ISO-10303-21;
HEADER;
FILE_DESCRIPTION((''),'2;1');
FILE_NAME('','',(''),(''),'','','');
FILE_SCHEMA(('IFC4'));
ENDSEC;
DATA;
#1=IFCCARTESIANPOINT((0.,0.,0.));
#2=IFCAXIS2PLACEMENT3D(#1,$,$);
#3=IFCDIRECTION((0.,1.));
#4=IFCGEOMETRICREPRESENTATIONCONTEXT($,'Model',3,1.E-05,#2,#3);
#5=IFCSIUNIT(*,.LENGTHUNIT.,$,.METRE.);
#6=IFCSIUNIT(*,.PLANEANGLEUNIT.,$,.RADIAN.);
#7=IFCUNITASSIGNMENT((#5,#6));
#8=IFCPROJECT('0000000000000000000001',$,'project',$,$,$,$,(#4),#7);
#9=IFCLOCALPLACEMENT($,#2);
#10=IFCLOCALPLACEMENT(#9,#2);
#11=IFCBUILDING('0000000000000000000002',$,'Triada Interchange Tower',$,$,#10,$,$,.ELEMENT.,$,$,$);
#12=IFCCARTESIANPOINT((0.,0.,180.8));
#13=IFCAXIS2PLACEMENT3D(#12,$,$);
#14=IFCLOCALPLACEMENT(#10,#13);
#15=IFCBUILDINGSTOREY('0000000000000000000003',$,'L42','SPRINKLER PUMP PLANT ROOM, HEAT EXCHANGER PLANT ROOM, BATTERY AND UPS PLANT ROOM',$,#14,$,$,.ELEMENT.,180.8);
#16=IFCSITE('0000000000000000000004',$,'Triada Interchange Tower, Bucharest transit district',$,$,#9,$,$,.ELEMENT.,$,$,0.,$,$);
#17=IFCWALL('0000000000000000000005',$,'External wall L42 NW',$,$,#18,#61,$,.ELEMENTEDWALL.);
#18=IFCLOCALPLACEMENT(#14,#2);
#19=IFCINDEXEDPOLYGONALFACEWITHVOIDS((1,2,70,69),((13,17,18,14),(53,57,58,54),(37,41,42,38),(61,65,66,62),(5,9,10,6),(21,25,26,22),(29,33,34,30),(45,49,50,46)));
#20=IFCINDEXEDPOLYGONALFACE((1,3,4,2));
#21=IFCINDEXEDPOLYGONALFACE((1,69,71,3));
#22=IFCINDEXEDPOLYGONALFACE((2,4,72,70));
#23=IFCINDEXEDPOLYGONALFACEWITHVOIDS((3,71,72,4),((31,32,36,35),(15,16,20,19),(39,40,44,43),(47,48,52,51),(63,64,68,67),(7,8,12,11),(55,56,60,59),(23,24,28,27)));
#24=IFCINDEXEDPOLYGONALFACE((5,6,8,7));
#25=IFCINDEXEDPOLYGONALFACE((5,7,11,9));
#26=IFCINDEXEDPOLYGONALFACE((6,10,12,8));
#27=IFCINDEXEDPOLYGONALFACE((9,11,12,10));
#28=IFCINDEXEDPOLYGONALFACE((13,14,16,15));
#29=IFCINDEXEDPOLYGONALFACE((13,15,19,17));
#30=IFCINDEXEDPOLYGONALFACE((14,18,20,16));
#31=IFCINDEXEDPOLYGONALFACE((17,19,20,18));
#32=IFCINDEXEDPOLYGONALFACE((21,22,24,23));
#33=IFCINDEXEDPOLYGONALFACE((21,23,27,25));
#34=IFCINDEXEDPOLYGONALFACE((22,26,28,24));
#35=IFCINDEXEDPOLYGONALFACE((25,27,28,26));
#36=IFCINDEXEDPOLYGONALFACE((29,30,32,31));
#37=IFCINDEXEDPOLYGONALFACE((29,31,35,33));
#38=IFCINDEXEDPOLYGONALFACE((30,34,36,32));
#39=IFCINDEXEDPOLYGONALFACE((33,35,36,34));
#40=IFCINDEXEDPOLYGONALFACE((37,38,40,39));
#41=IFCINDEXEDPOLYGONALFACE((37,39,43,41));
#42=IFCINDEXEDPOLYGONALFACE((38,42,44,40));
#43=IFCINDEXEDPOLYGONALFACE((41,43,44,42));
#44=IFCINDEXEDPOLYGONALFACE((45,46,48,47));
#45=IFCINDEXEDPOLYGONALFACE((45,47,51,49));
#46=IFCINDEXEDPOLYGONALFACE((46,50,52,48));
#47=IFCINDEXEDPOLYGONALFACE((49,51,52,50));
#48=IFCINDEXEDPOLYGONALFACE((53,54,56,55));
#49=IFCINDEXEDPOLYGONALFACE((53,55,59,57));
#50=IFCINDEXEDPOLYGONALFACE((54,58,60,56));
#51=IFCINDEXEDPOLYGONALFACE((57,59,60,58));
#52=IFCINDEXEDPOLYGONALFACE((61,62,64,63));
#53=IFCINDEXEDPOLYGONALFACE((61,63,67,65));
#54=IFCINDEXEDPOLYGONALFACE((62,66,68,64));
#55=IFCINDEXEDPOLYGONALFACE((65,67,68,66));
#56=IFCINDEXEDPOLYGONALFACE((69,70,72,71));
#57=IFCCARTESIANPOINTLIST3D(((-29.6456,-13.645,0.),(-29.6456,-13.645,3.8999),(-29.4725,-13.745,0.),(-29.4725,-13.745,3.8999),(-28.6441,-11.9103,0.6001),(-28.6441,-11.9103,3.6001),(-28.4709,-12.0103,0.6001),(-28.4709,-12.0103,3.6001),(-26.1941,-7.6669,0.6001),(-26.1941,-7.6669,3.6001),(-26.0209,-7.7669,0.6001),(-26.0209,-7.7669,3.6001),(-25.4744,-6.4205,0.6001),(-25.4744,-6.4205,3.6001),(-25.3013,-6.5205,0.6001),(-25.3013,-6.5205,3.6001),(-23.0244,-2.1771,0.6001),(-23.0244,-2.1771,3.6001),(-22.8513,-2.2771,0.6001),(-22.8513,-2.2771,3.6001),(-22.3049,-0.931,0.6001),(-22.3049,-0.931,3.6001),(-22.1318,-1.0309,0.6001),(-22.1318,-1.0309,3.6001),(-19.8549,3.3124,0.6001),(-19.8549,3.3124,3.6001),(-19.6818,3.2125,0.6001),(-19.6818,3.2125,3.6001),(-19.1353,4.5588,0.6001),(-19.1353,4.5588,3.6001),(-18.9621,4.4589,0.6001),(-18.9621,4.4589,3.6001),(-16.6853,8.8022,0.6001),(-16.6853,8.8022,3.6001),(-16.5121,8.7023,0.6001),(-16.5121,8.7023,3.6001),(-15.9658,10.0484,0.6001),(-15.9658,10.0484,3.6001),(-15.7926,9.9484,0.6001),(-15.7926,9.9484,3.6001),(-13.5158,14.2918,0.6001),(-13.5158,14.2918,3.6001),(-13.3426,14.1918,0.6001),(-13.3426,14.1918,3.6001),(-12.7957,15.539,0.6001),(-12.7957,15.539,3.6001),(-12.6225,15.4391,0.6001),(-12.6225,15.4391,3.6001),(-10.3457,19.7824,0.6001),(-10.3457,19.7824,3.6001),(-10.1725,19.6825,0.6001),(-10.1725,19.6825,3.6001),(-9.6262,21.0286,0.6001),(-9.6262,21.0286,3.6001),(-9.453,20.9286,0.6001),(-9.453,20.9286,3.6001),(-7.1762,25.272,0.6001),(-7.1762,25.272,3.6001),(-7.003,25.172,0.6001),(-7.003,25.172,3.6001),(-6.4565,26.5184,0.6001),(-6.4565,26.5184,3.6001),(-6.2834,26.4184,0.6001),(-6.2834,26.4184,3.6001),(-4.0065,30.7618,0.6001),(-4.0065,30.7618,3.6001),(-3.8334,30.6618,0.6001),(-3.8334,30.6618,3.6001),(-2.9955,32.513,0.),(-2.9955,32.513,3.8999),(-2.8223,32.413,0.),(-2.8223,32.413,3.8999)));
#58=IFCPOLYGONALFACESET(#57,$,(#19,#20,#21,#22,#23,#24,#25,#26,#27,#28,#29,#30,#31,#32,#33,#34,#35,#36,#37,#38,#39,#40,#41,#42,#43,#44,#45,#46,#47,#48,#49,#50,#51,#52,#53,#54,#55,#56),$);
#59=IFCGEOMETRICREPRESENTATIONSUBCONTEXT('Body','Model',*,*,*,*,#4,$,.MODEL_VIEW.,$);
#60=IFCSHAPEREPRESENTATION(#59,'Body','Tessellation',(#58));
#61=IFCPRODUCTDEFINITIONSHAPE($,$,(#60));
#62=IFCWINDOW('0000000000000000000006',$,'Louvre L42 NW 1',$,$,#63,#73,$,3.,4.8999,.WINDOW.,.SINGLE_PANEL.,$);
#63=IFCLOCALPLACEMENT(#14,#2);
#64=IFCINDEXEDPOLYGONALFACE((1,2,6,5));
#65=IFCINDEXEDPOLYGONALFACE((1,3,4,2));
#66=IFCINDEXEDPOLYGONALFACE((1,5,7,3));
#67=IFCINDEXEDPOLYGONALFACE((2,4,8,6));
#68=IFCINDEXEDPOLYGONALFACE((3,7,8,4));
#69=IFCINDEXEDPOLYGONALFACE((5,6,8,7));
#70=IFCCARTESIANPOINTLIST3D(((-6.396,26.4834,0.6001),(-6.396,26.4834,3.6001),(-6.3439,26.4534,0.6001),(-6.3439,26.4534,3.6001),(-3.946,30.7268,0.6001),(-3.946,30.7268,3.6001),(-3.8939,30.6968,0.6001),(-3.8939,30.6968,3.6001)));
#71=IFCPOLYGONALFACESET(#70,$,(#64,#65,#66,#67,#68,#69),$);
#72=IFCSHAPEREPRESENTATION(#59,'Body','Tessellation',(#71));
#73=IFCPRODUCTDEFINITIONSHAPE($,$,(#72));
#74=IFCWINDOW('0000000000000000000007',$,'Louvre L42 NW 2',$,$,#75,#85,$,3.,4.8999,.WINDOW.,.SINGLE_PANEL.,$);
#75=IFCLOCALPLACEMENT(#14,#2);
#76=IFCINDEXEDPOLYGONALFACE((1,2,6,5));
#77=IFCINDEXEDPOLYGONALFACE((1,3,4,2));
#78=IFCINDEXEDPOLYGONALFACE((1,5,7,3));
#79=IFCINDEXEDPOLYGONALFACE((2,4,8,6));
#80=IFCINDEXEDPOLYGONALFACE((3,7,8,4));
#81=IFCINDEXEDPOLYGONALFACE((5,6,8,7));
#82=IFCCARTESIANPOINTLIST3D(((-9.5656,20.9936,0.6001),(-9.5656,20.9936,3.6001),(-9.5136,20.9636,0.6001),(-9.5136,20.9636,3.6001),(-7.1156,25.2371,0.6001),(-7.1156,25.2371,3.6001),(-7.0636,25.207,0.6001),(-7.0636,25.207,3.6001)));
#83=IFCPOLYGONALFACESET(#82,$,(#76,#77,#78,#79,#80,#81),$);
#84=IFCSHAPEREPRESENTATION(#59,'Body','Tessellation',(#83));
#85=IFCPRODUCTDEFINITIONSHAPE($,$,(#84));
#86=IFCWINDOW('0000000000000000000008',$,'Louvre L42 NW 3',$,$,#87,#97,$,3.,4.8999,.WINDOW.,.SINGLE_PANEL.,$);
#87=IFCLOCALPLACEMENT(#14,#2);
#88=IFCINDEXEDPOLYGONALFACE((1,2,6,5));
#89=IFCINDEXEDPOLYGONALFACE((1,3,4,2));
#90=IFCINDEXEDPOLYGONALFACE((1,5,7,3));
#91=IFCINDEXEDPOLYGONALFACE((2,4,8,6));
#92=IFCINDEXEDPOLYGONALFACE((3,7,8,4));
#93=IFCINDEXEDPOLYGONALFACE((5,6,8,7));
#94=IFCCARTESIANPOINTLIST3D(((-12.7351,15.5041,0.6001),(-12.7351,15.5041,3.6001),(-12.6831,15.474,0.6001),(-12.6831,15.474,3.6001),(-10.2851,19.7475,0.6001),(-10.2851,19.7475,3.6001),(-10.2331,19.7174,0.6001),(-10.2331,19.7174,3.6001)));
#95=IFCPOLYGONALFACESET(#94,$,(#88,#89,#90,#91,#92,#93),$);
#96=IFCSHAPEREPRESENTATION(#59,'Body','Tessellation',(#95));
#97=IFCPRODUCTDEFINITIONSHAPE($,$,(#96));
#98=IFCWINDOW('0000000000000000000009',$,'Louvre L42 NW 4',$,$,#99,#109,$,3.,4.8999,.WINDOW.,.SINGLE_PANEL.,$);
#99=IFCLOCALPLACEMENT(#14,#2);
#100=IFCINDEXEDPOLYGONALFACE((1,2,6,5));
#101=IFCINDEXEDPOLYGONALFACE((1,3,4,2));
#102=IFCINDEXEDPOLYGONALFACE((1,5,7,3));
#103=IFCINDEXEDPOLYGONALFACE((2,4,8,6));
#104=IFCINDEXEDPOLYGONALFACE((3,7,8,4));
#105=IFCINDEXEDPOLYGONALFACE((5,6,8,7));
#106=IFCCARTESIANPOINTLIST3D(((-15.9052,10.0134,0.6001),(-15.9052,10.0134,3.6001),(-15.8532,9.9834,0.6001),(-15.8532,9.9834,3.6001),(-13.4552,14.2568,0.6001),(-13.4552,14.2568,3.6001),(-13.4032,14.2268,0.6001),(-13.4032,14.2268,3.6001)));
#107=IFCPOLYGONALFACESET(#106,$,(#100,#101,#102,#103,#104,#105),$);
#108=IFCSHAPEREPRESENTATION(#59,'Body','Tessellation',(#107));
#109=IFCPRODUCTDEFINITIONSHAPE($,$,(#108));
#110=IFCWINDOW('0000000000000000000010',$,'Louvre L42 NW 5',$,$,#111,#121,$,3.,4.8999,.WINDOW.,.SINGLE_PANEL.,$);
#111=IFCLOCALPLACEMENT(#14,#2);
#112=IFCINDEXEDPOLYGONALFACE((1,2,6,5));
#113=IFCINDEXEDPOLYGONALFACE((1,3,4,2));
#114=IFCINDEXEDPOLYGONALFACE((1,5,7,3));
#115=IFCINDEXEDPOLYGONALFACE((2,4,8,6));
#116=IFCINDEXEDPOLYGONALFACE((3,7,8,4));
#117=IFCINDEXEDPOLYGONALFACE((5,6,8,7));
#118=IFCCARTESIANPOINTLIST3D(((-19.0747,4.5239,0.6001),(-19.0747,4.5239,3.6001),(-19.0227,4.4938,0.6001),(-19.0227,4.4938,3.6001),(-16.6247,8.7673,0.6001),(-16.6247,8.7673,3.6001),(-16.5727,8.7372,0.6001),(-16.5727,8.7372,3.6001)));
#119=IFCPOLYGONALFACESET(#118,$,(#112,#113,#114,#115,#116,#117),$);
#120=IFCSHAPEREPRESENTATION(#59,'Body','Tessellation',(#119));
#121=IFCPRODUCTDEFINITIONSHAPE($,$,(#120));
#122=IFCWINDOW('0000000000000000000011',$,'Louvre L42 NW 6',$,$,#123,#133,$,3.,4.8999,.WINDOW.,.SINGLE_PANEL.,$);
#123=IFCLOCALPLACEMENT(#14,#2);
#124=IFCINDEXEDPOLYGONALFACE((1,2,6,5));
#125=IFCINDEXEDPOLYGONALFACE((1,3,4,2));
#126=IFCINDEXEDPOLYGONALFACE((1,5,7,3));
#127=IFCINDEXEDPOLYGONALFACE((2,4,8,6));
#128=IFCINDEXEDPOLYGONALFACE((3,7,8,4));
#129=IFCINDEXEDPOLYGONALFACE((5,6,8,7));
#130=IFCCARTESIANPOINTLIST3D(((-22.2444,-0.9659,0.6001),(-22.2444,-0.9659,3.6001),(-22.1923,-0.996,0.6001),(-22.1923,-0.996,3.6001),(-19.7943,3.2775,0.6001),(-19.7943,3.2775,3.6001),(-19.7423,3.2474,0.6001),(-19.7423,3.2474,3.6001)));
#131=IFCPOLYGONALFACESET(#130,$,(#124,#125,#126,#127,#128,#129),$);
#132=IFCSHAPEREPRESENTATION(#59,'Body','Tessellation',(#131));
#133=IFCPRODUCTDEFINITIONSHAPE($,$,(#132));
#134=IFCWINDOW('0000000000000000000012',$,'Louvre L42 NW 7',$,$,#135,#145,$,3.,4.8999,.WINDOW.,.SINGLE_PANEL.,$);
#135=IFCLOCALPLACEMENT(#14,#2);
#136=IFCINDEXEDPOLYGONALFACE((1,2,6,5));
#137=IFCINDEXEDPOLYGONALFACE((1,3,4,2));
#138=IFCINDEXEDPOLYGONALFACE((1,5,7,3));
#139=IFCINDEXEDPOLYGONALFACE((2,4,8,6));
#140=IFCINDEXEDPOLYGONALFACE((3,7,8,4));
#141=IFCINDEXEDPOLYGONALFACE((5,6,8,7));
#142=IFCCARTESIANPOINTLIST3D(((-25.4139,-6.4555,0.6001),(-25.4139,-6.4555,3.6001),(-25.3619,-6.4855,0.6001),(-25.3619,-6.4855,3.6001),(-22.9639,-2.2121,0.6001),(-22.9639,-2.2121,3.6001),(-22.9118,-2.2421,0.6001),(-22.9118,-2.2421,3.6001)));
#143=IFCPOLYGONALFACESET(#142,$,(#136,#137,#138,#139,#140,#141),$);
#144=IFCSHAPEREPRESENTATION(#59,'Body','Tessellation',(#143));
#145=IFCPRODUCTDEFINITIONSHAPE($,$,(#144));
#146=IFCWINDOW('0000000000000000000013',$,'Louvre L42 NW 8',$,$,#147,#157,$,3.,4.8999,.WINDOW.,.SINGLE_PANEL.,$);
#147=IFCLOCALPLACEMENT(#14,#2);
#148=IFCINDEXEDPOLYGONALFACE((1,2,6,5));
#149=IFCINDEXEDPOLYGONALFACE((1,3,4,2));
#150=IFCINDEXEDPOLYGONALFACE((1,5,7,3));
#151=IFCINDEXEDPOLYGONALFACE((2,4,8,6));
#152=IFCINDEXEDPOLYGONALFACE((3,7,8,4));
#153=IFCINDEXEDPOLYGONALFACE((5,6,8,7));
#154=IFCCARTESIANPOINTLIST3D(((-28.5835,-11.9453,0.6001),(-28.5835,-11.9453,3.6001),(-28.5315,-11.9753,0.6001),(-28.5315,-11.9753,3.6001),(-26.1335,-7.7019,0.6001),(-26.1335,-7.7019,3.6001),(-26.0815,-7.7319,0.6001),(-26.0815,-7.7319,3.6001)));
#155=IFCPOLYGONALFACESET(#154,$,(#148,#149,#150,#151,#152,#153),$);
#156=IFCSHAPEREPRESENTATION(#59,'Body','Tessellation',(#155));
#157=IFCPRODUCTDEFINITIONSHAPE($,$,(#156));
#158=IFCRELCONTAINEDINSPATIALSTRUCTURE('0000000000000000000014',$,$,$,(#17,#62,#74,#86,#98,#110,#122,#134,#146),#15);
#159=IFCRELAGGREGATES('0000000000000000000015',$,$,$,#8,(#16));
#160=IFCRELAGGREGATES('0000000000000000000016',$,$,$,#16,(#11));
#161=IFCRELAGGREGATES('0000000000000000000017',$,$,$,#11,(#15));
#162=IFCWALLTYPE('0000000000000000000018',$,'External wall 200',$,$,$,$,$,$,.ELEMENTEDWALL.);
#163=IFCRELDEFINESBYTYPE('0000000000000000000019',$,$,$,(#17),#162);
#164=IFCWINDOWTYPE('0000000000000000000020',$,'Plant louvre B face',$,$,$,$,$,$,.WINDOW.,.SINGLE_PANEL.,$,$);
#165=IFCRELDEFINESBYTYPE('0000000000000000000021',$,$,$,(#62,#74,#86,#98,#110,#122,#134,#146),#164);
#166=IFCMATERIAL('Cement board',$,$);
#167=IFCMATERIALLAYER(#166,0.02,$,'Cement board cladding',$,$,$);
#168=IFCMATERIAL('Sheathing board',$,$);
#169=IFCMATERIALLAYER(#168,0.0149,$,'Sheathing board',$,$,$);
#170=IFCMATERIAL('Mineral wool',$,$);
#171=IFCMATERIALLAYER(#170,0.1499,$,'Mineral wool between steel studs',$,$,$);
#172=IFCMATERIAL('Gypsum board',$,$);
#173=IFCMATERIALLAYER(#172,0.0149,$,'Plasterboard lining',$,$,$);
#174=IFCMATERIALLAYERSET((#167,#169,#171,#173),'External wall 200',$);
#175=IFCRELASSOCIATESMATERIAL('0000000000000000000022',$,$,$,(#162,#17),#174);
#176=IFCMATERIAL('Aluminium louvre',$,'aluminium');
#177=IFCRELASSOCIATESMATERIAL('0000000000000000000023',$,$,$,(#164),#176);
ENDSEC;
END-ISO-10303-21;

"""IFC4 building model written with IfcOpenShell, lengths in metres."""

from ifc_helpers import new_model, si_unit, direction, frame, frame_2d, origin, place, context, subcontext, project, spatial, rectangle, extrude, material, layer, layer_set, layer_usage, type_object, element, fill, save


model = new_model("IFC4")

# Units and contexts
model_context = context("Model", 3, precision=1e-05, world=origin(), true_north=direction((0.0, 1.0)))
body_context = subcontext(model_context, "Body", "Model", "MODEL_VIEW")
ifc_project = project(units=[si_unit("LENGTHUNIT", "METRE"), si_unit("PLANEANGLEUNIT", "RADIAN")], contexts=[model_context])

# Site, building, storey
site_placement = place(None, origin())
site = spatial("IfcSite", under=ifc_project, at=site_placement, Name="Triada Interchange Tower, Bucharest transit district", CompositionType="ELEMENT", RefElevation=0.0)
building_placement = place(site_placement, origin())
building = spatial("IfcBuilding", under=site, at=building_placement, Name="Triada Interchange Tower", CompositionType="ELEMENT")
storey_placement = place(building_placement, frame((0.0, 0.0, 180.8)))
storey = spatial("IfcBuildingStorey", under=building, at=storey_placement, Name="L42", Description="SPRINKLER PUMP PLANT ROOM, HEAT EXCHANGER PLANT ROOM, BATTERY AND UPS PLANT ROOM", CompositionType="ELEMENT", Elevation=180.8)

# Wall, openings, windows
ifc_material_1 = material(Name="Cement board")
ifc_layer_1 = layer(ifc_material_1, 0.02, Name="Cement board cladding")
ifc_material_2 = material(Name="Sheathing board")
ifc_layer_2 = layer(ifc_material_2, 0.0149, Name="Sheathing board")
ifc_material_3 = material(Name="Mineral wool")
ifc_layer_3 = layer(ifc_material_3, 0.1499, Name="Mineral wool between steel studs")
ifc_material_4 = material(Name="Gypsum board")
ifc_layer_4 = layer(ifc_material_4, 0.0149, Name="Plasterboard lining")
ifc_layer_set_1 = layer_set([ifc_layer_1, ifc_layer_2, ifc_layer_3, ifc_layer_4], Name="External wall 200")
ifc_layer_usage = layer_usage(ifc_layer_set_1, "AXIS2", "POSITIVE", -0.1001)
wall_type_1 = type_object("IfcWallType", Name="External wall 200", PredefinedType="ELEMENTEDWALL", material=ifc_layer_set_1)
wall_1_placement = place(storey_placement, frame((-2.9089, 32.4629, 0.0), z_axis=(0.0, 0.0, 1.0), x_axis=(-0.500012, -0.866019, 0.0)))
wall_1 = element("IfcWall", 1, at=wall_1_placement, inside=storey, type_object=wall_type_1, material=ifc_layer_usage, Name="External wall L42 NW", PredefinedType="ELEMENTEDWALL", context=body_context, shape_type="SweptSolid", body=[
    extrude(rectangle(XDim=53.2991, YDim=0.2, at=frame_2d((26.6494, 0.0))), origin(), (0.0, 0.0, 1.0), 3.8999),
])
opening_1_placement = place(wall_1_placement, frame((2.022, 0.0, 0.6001)))
opening_1 = element("IfcOpeningElement", 2, at=opening_1_placement, cuts=wall_1, PredefinedType="OPENING", context=body_context, shape_type="SweptSolid", body=[
    extrude(rectangle(XDim=4.8999, YDim=3.0, at=frame_2d((2.45, 1.5))), frame((0.0, 0.1099, 0.0), z_axis=(0.0, -1.0, 0.0), x_axis=(1.0, 0.0, 0.0)), (0.0, 0.0, 1.0), 0.22),
])
opening_2_placement = place(wall_1_placement, frame((8.3611, 0.0, 0.6001)))
opening_2 = element("IfcOpeningElement", 3, at=opening_2_placement, cuts=wall_1, PredefinedType="OPENING", context=body_context, shape_type="SweptSolid", body=[
    extrude(rectangle(XDim=4.8999, YDim=3.0, at=frame_2d((2.45, 1.5))), frame((0.0, 0.1099, 0.0), z_axis=(0.0, -1.0, 0.0), x_axis=(1.0, 0.0, 0.0)), (0.0, 0.0, 1.0), 0.22),
])
opening_3_placement = place(wall_1_placement, frame((14.7, 0.0, 0.6001)))
opening_3 = element("IfcOpeningElement", 4, at=opening_3_placement, cuts=wall_1, PredefinedType="OPENING", context=body_context, shape_type="SweptSolid", body=[
    extrude(rectangle(XDim=4.8999, YDim=3.0, at=frame_2d((2.45, 1.5))), frame((0.0, 0.1099, 0.0), z_axis=(0.0, -1.0, 0.0), x_axis=(1.0, 0.0, 0.0)), (0.0, 0.0, 1.0), 0.22),
])
opening_4_placement = place(wall_1_placement, frame((21.04, 0.0, 0.6001)))
opening_4 = element("IfcOpeningElement", 5, at=opening_4_placement, cuts=wall_1, PredefinedType="OPENING", context=body_context, shape_type="SweptSolid", body=[
    extrude(rectangle(XDim=4.8999, YDim=3.0, at=frame_2d((2.45, 1.5))), frame((0.0, 0.1099, 0.0), z_axis=(0.0, -1.0, 0.0), x_axis=(1.0, 0.0, 0.0)), (0.0, 0.0, 1.0), 0.22),
])
opening_5_placement = place(wall_1_placement, frame((27.3789, 0.0, 0.6001)))
opening_5 = element("IfcOpeningElement", 6, at=opening_5_placement, cuts=wall_1, PredefinedType="OPENING", context=body_context, shape_type="SweptSolid", body=[
    extrude(rectangle(XDim=4.8999, YDim=3.0, at=frame_2d((2.45, 1.5))), frame((0.0, 0.1099, 0.0), z_axis=(0.0, -1.0, 0.0), x_axis=(1.0, 0.0, 0.0)), (0.0, 0.0, 1.0), 0.22),
])
opening_6_placement = place(wall_1_placement, frame((33.718, 0.0, 0.6001)))
opening_6 = element("IfcOpeningElement", 7, at=opening_6_placement, cuts=wall_1, PredefinedType="OPENING", context=body_context, shape_type="SweptSolid", body=[
    extrude(rectangle(XDim=4.8999, YDim=3.0, at=frame_2d((2.45, 1.5))), frame((0.0, 0.1099, 0.0), z_axis=(0.0, -1.0, 0.0), x_axis=(1.0, 0.0, 0.0)), (0.0, 0.0, 1.0), 0.22),
])
opening_7_placement = place(wall_1_placement, frame((40.0569, 0.0, 0.6001)))
opening_7 = element("IfcOpeningElement", 8, at=opening_7_placement, cuts=wall_1, PredefinedType="OPENING", context=body_context, shape_type="SweptSolid", body=[
    extrude(rectangle(XDim=4.8999, YDim=3.0, at=frame_2d((2.45, 1.5))), frame((0.0, 0.1099, 0.0), z_axis=(0.0, -1.0, 0.0), x_axis=(1.0, 0.0, 0.0)), (0.0, 0.0, 1.0), 0.22),
])
opening_8_placement = place(wall_1_placement, frame((46.396, 0.0, 0.6001)))
opening_8 = element("IfcOpeningElement", 9, at=opening_8_placement, cuts=wall_1, PredefinedType="OPENING", context=body_context, shape_type="SweptSolid", body=[
    extrude(rectangle(XDim=4.8999, YDim=3.0, at=frame_2d((2.45, 1.5))), frame((0.0, 0.1099, 0.0), z_axis=(0.0, -1.0, 0.0), x_axis=(1.0, 0.0, 0.0)), (0.0, 0.0, 1.0), 0.22),
])
ifc_material_5 = material(Name="Aluminium louvre", Category="aluminium")
window_type = type_object("IfcWindowType", Name="Plant louvre B face", PartitioningType="SINGLE_PANEL", PredefinedType="WINDOW", material=ifc_material_5)
window_1_placement = place(opening_1_placement, origin())
window_1 = element("IfcWindow", 10, at=window_1_placement, inside=storey, type_object=window_type, Name="Louvre L42 NW 1", OverallHeight=3.0, OverallWidth=4.8999, PartitioningType="SINGLE_PANEL", PredefinedType="WINDOW", context=body_context, shape_type="SweptSolid", body=[
    extrude(rectangle(XDim=4.8999, YDim=3.0, at=frame_2d((2.45, 1.5))), frame((0.0, 0.03, 0.0), z_axis=(0.0, -1.0, 0.0), x_axis=(1.0, 0.0, 0.0)), (0.0, 0.0, 1.0), 0.0601),
])
fill(opening_1, window_1)
window_2_placement = place(opening_2_placement, origin())
window_2 = element("IfcWindow", 11, at=window_2_placement, inside=storey, type_object=window_type, Name="Louvre L42 NW 2", OverallHeight=3.0, OverallWidth=4.8999, PartitioningType="SINGLE_PANEL", PredefinedType="WINDOW", context=body_context, shape_type="SweptSolid", body=[
    extrude(rectangle(XDim=4.8999, YDim=3.0, at=frame_2d((2.45, 1.5))), frame((0.0, 0.03, 0.0), z_axis=(0.0, -1.0, 0.0), x_axis=(1.0, 0.0, 0.0)), (0.0, 0.0, 1.0), 0.0601),
])
fill(opening_2, window_2)
window_3_placement = place(opening_3_placement, origin())
window_3 = element("IfcWindow", 12, at=window_3_placement, inside=storey, type_object=window_type, Name="Louvre L42 NW 3", OverallHeight=3.0, OverallWidth=4.8999, PartitioningType="SINGLE_PANEL", PredefinedType="WINDOW", context=body_context, shape_type="SweptSolid", body=[
    extrude(rectangle(XDim=4.8999, YDim=3.0, at=frame_2d((2.45, 1.5))), frame((0.0, 0.03, 0.0), z_axis=(0.0, -1.0, 0.0), x_axis=(1.0, 0.0, 0.0)), (0.0, 0.0, 1.0), 0.0601),
])
fill(opening_3, window_3)
window_4_placement = place(opening_4_placement, origin())
window_4 = element("IfcWindow", 13, at=window_4_placement, inside=storey, type_object=window_type, Name="Louvre L42 NW 4", OverallHeight=3.0, OverallWidth=4.8999, PartitioningType="SINGLE_PANEL", PredefinedType="WINDOW", context=body_context, shape_type="SweptSolid", body=[
    extrude(rectangle(XDim=4.8999, YDim=3.0, at=frame_2d((2.45, 1.5))), frame((0.0, 0.03, 0.0), z_axis=(0.0, -1.0, 0.0), x_axis=(1.0, 0.0, 0.0)), (0.0, 0.0, 1.0), 0.0601),
])
fill(opening_4, window_4)
window_5_placement = place(opening_5_placement, origin())
window_5 = element("IfcWindow", 14, at=window_5_placement, inside=storey, type_object=window_type, Name="Louvre L42 NW 5", OverallHeight=3.0, OverallWidth=4.8999, PartitioningType="SINGLE_PANEL", PredefinedType="WINDOW", context=body_context, shape_type="SweptSolid", body=[
    extrude(rectangle(XDim=4.8999, YDim=3.0, at=frame_2d((2.45, 1.5))), frame((0.0, 0.03, 0.0), z_axis=(0.0, -1.0, 0.0), x_axis=(1.0, 0.0, 0.0)), (0.0, 0.0, 1.0), 0.0601),
])
fill(opening_5, window_5)
window_6_placement = place(opening_6_placement, origin())
window_6 = element("IfcWindow", 15, at=window_6_placement, inside=storey, type_object=window_type, Name="Louvre L42 NW 6", OverallHeight=3.0, OverallWidth=4.8999, PartitioningType="SINGLE_PANEL", PredefinedType="WINDOW", context=body_context, shape_type="SweptSolid", body=[
    extrude(rectangle(XDim=4.8999, YDim=3.0, at=frame_2d((2.45, 1.5))), frame((0.0, 0.03, 0.0), z_axis=(0.0, -1.0, 0.0), x_axis=(1.0, 0.0, 0.0)), (0.0, 0.0, 1.0), 0.0601),
])
fill(opening_6, window_6)
window_7_placement = place(opening_7_placement, origin())
window_7 = element("IfcWindow", 16, at=window_7_placement, inside=storey, type_object=window_type, Name="Louvre L42 NW 7", OverallHeight=3.0, OverallWidth=4.8999, PartitioningType="SINGLE_PANEL", PredefinedType="WINDOW", context=body_context, shape_type="SweptSolid", body=[
    extrude(rectangle(XDim=4.8999, YDim=3.0, at=frame_2d((2.45, 1.5))), frame((0.0, 0.03, 0.0), z_axis=(0.0, -1.0, 0.0), x_axis=(1.0, 0.0, 0.0)), (0.0, 0.0, 1.0), 0.0601),
])
fill(opening_7, window_7)
window_8_placement = place(opening_8_placement, origin())
window_8 = element("IfcWindow", 17, at=window_8_placement, inside=storey, type_object=window_type, Name="Louvre L42 NW 8", OverallHeight=3.0, OverallWidth=4.8999, PartitioningType="SINGLE_PANEL", PredefinedType="WINDOW", context=body_context, shape_type="SweptSolid", body=[
    extrude(rectangle(XDim=4.8999, YDim=3.0, at=frame_2d((2.45, 1.5))), frame((0.0, 0.03, 0.0), z_axis=(0.0, -1.0, 0.0), x_axis=(1.0, 0.0, 0.0)), (0.0, 0.0, 1.0), 0.0601),
])
fill(opening_8, window_8)

save(model, "model.ifc")
